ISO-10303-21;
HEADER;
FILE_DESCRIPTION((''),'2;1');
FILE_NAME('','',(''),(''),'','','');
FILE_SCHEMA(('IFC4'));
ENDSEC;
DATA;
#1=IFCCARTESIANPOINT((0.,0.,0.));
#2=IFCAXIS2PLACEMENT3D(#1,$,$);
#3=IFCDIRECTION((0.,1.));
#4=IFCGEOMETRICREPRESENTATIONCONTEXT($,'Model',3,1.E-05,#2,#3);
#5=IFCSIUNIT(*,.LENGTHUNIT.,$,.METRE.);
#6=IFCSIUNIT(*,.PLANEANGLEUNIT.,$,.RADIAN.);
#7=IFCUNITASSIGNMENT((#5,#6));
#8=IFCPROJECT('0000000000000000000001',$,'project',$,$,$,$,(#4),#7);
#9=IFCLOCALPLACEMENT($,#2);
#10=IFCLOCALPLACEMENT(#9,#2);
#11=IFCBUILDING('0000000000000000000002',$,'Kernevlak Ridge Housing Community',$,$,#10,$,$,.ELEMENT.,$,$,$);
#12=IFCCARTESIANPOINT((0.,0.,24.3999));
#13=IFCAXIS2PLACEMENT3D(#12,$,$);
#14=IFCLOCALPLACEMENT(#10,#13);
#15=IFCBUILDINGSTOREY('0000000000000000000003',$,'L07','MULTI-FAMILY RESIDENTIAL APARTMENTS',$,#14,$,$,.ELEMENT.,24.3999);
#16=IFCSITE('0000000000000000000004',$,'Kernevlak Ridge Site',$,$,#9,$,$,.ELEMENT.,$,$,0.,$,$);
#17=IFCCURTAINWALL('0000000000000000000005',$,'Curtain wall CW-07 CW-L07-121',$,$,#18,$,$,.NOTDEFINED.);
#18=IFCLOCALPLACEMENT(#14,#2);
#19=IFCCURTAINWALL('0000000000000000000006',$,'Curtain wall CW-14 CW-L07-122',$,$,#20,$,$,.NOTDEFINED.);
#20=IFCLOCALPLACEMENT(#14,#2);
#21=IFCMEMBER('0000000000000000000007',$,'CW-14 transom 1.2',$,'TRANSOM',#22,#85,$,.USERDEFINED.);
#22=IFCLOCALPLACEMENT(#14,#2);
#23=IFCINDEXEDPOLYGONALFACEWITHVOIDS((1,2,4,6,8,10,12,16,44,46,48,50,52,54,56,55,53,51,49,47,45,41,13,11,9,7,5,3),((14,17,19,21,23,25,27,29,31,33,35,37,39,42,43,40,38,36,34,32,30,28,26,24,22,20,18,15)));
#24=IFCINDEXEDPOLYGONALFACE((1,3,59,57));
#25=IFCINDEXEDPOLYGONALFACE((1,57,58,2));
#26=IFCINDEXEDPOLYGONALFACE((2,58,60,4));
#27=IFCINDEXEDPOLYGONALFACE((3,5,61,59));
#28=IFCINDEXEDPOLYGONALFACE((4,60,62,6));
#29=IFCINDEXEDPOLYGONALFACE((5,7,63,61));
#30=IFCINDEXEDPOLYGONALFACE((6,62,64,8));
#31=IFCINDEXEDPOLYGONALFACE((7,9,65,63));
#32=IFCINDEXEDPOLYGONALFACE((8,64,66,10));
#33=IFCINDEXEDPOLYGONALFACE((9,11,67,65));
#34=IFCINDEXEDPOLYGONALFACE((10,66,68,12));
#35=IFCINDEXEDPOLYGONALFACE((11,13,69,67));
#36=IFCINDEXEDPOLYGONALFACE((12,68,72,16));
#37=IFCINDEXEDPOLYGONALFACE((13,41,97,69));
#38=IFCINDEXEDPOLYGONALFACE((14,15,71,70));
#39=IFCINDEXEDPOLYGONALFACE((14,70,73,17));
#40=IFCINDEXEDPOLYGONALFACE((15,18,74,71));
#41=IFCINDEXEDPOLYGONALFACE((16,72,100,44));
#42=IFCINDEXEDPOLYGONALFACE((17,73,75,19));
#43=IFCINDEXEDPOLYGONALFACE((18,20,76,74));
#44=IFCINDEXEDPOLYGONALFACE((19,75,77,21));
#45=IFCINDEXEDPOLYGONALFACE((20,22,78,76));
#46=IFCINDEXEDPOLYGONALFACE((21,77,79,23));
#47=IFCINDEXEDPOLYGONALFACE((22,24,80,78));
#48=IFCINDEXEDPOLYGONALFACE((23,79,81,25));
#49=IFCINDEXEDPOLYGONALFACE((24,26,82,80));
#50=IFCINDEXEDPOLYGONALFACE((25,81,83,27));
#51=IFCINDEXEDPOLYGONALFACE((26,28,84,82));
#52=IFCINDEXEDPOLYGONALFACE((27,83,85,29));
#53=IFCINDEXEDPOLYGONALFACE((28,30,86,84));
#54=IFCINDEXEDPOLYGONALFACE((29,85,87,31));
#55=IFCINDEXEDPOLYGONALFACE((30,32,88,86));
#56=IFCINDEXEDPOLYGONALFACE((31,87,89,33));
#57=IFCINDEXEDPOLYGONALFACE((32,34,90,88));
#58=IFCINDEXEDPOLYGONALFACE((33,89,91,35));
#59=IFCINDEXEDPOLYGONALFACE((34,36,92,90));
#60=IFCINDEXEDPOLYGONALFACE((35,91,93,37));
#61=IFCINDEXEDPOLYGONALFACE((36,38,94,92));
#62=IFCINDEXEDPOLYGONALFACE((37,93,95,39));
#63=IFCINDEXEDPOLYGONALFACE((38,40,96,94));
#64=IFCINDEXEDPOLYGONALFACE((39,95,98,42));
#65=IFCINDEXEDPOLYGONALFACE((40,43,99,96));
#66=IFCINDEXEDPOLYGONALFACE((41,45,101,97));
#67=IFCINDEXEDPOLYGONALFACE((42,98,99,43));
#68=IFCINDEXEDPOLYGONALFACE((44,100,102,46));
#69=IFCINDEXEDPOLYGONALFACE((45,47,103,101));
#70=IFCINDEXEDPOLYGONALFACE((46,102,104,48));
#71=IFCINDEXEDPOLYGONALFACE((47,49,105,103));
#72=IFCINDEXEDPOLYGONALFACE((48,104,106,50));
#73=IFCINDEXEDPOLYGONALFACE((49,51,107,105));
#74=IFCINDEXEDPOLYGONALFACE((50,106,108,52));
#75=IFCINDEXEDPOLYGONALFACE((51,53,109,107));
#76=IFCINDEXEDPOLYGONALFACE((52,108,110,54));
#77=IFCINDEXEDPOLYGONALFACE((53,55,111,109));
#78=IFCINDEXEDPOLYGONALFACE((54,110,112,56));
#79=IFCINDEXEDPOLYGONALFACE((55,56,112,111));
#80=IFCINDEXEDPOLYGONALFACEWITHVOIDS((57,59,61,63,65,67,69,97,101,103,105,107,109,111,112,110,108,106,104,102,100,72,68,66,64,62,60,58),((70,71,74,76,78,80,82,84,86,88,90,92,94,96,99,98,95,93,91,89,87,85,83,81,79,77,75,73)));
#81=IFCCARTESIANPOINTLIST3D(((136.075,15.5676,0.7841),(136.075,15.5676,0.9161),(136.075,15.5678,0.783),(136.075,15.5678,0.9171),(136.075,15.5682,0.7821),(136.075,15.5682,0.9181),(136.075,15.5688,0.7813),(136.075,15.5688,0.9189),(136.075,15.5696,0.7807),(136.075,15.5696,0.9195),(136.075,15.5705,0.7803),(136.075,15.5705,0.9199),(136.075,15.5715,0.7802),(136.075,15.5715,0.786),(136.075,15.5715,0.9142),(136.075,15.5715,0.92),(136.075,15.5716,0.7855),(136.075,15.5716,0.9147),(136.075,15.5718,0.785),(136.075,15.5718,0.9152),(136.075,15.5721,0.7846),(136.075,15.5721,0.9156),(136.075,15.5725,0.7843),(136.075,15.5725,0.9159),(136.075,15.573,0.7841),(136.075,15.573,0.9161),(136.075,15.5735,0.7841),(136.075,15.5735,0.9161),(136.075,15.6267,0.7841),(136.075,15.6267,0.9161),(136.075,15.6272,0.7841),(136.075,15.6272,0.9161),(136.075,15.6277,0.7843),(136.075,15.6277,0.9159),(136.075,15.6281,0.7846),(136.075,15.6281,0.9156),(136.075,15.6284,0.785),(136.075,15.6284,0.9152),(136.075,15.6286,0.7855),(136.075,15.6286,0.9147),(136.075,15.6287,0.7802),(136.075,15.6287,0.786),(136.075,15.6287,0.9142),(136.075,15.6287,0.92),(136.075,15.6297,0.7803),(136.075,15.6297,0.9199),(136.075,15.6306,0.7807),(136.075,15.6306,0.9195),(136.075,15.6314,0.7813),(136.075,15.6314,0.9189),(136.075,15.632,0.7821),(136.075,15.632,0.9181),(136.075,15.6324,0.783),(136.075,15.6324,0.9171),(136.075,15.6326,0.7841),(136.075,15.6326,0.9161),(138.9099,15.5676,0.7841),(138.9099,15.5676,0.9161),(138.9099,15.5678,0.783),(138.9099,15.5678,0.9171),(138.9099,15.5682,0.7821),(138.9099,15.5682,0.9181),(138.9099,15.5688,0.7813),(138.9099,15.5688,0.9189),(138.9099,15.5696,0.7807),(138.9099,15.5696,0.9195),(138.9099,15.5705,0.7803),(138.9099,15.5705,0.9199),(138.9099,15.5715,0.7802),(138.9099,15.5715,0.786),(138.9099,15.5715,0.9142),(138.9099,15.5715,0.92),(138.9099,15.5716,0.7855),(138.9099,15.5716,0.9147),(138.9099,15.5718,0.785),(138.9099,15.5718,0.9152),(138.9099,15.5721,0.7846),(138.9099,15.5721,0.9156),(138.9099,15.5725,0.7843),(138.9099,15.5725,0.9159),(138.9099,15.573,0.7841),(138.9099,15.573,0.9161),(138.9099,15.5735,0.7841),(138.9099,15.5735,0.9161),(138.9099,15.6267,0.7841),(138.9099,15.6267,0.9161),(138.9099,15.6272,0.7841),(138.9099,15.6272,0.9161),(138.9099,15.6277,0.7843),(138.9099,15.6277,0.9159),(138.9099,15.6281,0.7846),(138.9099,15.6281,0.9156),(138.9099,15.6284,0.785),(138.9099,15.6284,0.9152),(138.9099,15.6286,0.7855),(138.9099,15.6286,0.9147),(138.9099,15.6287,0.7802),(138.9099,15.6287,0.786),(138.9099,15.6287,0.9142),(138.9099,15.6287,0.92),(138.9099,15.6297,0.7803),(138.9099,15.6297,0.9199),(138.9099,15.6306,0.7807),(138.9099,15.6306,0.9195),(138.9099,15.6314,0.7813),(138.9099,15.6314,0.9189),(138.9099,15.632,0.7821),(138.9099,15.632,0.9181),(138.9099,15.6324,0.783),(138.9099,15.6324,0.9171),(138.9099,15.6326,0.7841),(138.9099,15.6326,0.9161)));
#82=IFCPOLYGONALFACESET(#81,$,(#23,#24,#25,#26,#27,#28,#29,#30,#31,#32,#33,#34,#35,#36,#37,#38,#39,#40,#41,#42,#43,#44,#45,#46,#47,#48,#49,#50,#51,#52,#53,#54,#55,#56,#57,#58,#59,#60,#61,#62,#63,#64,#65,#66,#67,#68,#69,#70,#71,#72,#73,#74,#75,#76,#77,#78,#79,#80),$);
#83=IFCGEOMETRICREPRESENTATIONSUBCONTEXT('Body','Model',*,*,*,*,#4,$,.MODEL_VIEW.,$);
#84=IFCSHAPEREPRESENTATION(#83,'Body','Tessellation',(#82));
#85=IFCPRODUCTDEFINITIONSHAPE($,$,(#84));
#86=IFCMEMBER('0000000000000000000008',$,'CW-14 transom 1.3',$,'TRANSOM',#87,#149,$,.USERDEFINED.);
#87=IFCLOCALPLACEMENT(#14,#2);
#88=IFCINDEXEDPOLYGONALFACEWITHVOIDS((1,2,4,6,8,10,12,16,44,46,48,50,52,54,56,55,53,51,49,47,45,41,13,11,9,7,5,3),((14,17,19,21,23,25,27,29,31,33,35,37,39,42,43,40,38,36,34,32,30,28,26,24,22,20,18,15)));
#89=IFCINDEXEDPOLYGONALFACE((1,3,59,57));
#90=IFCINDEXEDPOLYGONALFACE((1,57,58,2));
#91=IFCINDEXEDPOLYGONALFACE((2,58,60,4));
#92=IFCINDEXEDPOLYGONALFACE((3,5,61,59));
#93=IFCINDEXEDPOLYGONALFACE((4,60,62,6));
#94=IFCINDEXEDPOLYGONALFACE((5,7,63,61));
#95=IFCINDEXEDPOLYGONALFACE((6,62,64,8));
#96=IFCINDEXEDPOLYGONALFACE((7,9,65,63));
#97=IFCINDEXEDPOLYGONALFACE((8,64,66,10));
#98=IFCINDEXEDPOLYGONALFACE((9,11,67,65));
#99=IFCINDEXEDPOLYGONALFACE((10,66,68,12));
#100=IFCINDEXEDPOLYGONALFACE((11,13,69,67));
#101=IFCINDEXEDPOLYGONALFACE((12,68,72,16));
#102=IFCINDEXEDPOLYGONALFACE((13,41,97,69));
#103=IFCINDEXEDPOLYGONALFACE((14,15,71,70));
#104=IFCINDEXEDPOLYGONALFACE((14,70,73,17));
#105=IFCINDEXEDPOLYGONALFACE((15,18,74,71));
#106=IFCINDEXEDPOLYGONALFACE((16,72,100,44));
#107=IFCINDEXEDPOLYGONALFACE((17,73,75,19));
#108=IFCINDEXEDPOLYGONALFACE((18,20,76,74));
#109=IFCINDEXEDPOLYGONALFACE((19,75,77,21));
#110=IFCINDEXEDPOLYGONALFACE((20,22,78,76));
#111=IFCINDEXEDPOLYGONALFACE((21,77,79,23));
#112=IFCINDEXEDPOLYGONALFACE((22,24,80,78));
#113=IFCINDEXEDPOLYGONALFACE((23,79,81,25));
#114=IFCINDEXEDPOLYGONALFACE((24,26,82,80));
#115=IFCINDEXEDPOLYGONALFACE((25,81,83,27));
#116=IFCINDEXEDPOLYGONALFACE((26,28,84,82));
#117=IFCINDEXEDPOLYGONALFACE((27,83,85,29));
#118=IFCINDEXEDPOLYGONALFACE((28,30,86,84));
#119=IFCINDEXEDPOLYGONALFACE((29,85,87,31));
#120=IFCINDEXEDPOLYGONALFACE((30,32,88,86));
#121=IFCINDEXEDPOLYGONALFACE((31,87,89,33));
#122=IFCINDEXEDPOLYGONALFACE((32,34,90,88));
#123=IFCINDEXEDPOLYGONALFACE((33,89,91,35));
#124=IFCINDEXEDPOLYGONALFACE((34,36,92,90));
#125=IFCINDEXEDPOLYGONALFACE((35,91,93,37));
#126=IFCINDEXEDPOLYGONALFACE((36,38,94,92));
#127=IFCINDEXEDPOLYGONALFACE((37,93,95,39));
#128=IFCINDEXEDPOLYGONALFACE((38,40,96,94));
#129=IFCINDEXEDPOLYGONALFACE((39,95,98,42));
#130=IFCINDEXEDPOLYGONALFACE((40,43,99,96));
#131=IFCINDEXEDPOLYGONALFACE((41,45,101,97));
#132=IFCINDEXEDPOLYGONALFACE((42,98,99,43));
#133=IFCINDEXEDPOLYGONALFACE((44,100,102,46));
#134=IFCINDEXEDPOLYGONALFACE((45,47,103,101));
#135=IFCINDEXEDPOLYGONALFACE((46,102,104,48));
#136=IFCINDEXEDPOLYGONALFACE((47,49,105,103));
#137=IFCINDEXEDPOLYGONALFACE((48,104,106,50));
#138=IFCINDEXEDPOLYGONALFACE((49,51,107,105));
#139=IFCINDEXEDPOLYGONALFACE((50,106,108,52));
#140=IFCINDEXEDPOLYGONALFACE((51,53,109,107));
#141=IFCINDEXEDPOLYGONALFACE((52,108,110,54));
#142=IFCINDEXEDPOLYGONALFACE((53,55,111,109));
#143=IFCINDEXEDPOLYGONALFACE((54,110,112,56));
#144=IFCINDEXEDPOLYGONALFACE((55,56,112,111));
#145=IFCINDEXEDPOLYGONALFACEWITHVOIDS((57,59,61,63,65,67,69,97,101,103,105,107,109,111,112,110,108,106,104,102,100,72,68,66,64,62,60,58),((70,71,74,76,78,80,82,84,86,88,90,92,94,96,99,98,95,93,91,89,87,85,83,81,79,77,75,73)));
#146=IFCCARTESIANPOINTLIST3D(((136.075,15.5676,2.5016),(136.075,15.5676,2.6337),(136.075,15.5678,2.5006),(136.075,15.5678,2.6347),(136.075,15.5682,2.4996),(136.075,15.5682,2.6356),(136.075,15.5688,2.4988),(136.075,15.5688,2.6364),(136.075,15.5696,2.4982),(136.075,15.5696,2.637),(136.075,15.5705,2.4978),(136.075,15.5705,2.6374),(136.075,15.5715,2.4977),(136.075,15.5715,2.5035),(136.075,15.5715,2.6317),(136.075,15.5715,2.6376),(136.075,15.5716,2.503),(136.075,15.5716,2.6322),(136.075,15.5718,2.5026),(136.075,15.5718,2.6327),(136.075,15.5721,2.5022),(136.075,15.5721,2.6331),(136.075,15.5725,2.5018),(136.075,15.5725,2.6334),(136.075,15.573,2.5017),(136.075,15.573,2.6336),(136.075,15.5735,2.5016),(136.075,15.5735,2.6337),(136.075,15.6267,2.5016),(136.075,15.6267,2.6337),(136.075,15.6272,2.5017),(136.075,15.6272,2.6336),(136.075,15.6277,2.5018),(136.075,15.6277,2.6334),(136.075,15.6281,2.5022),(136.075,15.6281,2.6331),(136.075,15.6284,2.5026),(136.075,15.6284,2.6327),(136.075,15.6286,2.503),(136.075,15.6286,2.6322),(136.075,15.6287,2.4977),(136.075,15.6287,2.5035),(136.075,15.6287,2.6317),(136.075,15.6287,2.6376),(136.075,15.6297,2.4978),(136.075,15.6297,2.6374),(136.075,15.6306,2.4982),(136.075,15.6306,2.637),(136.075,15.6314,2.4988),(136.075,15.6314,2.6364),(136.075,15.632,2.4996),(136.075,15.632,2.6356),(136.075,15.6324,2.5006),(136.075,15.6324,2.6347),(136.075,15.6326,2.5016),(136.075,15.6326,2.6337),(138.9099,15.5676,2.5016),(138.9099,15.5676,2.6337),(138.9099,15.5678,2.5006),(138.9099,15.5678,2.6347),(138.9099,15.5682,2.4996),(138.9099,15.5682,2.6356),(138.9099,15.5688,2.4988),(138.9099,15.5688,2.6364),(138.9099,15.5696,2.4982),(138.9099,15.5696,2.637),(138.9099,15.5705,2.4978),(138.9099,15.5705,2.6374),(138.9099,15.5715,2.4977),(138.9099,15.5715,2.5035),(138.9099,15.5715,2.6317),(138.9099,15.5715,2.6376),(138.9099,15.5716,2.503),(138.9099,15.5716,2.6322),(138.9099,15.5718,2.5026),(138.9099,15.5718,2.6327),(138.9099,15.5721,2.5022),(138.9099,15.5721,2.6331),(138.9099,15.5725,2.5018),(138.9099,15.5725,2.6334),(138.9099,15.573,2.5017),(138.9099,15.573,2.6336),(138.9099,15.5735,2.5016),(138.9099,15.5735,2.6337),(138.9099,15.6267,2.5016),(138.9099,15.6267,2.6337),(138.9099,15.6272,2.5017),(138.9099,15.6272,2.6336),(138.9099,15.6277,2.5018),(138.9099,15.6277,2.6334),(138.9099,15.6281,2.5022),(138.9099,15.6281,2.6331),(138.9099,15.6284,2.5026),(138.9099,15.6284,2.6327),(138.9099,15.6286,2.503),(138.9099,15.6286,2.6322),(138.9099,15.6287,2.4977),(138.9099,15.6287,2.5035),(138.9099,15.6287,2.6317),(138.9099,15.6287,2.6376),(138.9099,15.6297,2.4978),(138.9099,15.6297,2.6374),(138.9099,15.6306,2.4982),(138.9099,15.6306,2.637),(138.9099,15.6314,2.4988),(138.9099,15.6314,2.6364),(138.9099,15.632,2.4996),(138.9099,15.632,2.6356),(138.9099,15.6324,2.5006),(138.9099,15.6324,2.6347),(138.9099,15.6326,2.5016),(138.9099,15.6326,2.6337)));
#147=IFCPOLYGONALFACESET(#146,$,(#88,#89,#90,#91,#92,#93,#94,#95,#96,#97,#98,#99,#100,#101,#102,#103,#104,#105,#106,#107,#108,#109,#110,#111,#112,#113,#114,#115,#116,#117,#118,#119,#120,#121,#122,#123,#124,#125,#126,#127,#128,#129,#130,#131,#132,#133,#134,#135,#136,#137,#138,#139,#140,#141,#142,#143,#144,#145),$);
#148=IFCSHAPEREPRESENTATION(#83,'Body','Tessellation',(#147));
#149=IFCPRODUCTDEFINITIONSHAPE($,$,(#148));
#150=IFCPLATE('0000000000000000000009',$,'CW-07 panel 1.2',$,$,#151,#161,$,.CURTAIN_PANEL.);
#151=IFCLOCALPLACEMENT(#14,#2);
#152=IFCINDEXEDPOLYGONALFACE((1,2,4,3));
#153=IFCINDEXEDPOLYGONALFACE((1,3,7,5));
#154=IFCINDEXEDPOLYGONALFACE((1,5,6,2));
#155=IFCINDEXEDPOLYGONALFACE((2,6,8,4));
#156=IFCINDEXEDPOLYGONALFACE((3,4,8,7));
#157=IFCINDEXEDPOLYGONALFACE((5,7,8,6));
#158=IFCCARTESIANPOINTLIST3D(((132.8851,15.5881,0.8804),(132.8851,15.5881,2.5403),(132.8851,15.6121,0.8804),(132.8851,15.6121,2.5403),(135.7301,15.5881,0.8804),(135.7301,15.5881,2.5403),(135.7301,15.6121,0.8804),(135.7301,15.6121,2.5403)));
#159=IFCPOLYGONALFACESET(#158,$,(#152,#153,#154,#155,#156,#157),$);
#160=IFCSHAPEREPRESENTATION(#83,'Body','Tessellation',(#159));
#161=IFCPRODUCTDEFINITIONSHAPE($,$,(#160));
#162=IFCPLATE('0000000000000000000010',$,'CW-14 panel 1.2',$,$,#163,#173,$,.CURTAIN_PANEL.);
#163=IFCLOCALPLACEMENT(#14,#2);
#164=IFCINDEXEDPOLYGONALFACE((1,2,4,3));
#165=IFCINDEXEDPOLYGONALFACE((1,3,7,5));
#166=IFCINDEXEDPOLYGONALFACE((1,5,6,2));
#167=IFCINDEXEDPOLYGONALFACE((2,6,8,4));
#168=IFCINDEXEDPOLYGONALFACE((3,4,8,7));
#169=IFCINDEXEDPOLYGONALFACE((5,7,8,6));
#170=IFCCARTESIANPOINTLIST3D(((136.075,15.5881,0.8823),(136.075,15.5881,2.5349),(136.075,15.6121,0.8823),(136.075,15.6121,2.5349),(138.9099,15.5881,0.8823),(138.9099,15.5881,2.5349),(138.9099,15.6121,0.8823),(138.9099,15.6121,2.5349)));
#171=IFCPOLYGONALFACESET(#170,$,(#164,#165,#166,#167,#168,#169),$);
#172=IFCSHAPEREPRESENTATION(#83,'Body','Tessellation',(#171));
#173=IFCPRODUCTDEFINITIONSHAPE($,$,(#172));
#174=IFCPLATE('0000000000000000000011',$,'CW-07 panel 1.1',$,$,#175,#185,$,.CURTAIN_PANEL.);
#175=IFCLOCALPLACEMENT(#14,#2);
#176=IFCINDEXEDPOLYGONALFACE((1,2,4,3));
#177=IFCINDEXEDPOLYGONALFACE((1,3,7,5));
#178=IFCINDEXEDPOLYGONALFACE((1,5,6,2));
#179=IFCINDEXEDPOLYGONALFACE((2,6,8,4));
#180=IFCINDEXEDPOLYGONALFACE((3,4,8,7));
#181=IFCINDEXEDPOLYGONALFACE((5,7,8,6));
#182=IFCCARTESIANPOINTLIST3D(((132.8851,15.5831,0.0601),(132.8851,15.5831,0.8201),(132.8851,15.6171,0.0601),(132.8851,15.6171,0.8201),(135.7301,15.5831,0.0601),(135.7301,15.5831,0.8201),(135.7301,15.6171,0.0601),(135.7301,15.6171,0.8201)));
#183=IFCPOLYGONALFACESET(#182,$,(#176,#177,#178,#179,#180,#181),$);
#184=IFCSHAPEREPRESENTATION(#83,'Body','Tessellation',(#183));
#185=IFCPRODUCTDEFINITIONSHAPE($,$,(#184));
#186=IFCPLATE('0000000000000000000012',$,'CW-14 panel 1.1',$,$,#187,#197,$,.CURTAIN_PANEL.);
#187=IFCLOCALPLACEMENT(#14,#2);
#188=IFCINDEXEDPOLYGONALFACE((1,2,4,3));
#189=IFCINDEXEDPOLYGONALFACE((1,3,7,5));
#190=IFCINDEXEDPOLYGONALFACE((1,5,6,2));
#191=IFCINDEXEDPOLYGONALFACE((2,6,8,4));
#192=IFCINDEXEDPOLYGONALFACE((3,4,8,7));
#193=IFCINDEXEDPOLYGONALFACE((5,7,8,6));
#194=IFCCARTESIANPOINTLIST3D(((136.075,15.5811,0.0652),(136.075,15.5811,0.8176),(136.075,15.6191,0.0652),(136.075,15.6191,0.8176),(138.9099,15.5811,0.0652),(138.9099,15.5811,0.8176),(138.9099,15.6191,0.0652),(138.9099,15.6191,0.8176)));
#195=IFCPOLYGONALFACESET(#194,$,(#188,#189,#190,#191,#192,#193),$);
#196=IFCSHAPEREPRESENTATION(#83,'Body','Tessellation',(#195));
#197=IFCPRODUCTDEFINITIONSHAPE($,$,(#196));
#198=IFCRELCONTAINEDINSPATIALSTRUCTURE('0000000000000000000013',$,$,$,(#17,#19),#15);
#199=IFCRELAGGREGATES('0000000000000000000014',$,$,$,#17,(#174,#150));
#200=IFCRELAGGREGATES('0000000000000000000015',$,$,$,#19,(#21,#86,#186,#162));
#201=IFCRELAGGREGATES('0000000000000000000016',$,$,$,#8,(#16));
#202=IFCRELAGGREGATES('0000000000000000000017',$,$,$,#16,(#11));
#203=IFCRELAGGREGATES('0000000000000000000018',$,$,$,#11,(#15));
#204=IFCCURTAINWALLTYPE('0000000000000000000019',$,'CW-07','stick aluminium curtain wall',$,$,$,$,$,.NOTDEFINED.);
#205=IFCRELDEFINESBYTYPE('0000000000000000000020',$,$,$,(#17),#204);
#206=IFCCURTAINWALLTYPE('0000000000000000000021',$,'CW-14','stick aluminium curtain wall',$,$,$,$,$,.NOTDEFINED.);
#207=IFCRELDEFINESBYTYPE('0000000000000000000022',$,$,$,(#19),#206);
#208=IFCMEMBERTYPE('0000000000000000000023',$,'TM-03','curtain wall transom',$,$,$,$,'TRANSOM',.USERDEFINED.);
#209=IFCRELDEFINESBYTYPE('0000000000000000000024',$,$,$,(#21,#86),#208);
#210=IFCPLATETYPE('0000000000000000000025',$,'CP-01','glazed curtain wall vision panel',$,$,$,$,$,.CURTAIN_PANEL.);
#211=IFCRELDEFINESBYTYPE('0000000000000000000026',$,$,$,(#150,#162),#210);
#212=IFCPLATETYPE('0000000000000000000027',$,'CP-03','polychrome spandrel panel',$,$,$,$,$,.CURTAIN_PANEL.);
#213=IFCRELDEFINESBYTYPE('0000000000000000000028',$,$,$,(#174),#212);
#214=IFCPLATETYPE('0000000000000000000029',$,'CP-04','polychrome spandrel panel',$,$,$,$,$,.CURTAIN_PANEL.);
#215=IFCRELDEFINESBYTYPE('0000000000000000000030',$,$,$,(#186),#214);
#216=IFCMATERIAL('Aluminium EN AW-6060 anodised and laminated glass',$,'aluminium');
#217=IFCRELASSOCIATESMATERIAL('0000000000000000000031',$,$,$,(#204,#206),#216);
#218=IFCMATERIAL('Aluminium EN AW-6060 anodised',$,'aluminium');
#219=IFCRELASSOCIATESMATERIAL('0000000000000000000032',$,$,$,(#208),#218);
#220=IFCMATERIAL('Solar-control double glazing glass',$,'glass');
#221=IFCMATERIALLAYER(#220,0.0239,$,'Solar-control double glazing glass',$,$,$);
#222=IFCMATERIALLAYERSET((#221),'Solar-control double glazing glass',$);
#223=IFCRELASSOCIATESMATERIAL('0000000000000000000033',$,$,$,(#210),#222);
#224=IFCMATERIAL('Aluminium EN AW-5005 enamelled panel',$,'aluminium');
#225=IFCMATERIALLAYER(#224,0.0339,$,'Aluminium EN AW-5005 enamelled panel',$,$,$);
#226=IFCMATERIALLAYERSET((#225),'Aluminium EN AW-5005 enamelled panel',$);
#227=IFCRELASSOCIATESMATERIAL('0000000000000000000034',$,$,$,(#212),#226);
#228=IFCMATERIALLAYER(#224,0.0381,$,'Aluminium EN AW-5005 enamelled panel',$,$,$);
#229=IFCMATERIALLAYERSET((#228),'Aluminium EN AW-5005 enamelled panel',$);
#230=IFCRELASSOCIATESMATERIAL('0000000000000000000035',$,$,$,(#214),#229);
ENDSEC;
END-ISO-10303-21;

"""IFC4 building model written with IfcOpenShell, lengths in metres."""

from ifc_helpers import new_model, si_unit, direction, frame, origin, origin_2d, place, context, subcontext, project, spatial, rectangle, hollow_rectangle, extrude, material, layer, layer_set, material_profile, profile_set, type_object, element, aggregate, save


model = new_model("IFC4")

# Units and contexts
model_context = context("Model", 3, precision=1e-05, world=origin(), true_north=direction((0.0, 1.0)))
body_context = subcontext(model_context, "Body", "Model", "MODEL_VIEW")
ifc_project = project(units=[si_unit("LENGTHUNIT", "METRE"), si_unit("PLANEANGLEUNIT", "RADIAN")], contexts=[model_context])

# Site, building, storey
site_placement = place(None, origin())
site = spatial("IfcSite", under=ifc_project, at=site_placement, Name="Kernevlak Ridge Site", CompositionType="ELEMENT", RefElevation=0.0)
building_placement = place(site_placement, origin())
building = spatial("IfcBuilding", under=site, at=building_placement, Name="Kernevlak Ridge Housing Community", CompositionType="ELEMENT")
storey_placement = place(building_placement, frame((0.0, 0.0, 24.3999)))
storey = spatial("IfcBuildingStorey", under=building, at=storey_placement, Name="L07", Description="MULTI-FAMILY RESIDENTIAL APARTMENTS", CompositionType="ELEMENT", Elevation=24.3999)

# Curtain wall
ifc_material_1 = material(Name="Aluminium EN AW-6060 anodised and laminated glass", Category="aluminium")
curtain_wall_type_1 = type_object("IfcCurtainWallType", Name="CW-07", Description="stick aluminium curtain wall", PredefinedType="NOTDEFINED", material=ifc_material_1)
curtain_wall_1_placement = place(storey_placement, origin())
curtain_wall_1 = element("IfcCurtainWall", 1, at=curtain_wall_1_placement, inside=storey, type_object=curtain_wall_type_1, Name="Curtain wall CW-07 CW-L07-121", PredefinedType="NOTDEFINED")
ifc_material_2 = material(Name="Aluminium EN AW-6060 anodised", Category="aluminium")

# Curtain wall, members
curtain_wall_type_2 = type_object("IfcCurtainWallType", Name="CW-14", Description="stick aluminium curtain wall", PredefinedType="NOTDEFINED", material=ifc_material_1)
curtain_wall_2_placement = place(storey_placement, origin())
curtain_wall_2 = element("IfcCurtainWall", 2, at=curtain_wall_2_placement, inside=storey, type_object=curtain_wall_type_2, Name="Curtain wall CW-14 CW-L07-122", PredefinedType="NOTDEFINED")
ifc_material_profile_1 = material_profile(ifc_material_2, hollow_rectangle(XDim=0.0649, YDim=0.1399, WallThickness=0.0039, InnerFilletRadius=0.002, OuterFilletRadius=0.0039, at=origin_2d()), Name="ALU 65x140x4")
ifc_profile_set_1 = profile_set([ifc_material_profile_1], Name="Aluminium EN AW-6060 anodised")
member_type_1 = type_object("IfcMemberType", Name="TM-03", Description="curtain wall transom", ElementType="TRANSOM", PredefinedType="USERDEFINED", material=ifc_profile_set_1)
member_1_placement = place(storey_placement, frame((136.075, 15.6001, 0.8501), z_axis=(1.0, 0.0, 0.0), x_axis=(0.0, 1.0, 0.0)))
member_1 = element("IfcMember", 3, at=member_1_placement, type_object=member_type_1, Name="CW-14 transom 1.2", ObjectType="TRANSOM", PredefinedType="USERDEFINED", context=body_context, shape_type="SweptSolid", body=[
    extrude(hollow_rectangle(XDim=0.0649, YDim=0.1399, WallThickness=0.0039, InnerFilletRadius=0.002, OuterFilletRadius=0.0039, at=origin_2d()), origin(), (0.0, 0.0, 1.0), 2.835),
])
member_2_placement = place(storey_placement, frame((136.075, 15.6001, 2.5676), z_axis=(1.0, 0.0, 0.0), x_axis=(0.0, 1.0, 0.0)))
member_2 = element("IfcMember", 4, at=member_2_placement, type_object=member_type_1, Name="CW-14 transom 1.3", ObjectType="TRANSOM", PredefinedType="USERDEFINED", context=body_context, shape_type="SweptSolid", body=[
    extrude(hollow_rectangle(XDim=0.0649, YDim=0.1399, WallThickness=0.0039, InnerFilletRadius=0.002, OuterFilletRadius=0.0039, at=origin_2d()), origin(), (0.0, 0.0, 1.0), 2.835),
])

# Plates
ifc_material_3 = material(Name="Solar-control double glazing glass", Category="glass")
ifc_layer_1 = layer(ifc_material_3, 0.0239, Name="Solar-control double glazing glass")
ifc_layer_set_1 = layer_set([ifc_layer_1], Name="Solar-control double glazing glass")
plate_type_1 = type_object("IfcPlateType", Name="CP-01", Description="glazed curtain wall vision panel", PredefinedType="CURTAIN_PANEL", material=ifc_layer_set_1)
plate_1_placement = place(storey_placement, frame((134.3076, 15.6001, 0.8804), z_axis=(0.0, 0.0, 1.0), x_axis=(1.0, 0.0, 0.0)))
plate_1 = element("IfcPlate", 5, at=plate_1_placement, type_object=plate_type_1, Name="CW-07 panel 1.2", PredefinedType="CURTAIN_PANEL", context=body_context, shape_type="SweptSolid", body=[
    extrude(rectangle(XDim=2.845, YDim=0.0239, at=origin_2d()), origin(), (0.0, 0.0, 1.0), 1.6599),
])
plate_2_placement = place(storey_placement, frame((137.4924, 15.6001, 0.8823), z_axis=(0.0, 0.0, 1.0), x_axis=(1.0, 0.0, 0.0)))
plate_2 = element("IfcPlate", 6, at=plate_2_placement, type_object=plate_type_1, Name="CW-14 panel 1.2", PredefinedType="CURTAIN_PANEL", context=body_context, shape_type="SweptSolid", body=[
    extrude(rectangle(XDim=2.835, YDim=0.0239, at=origin_2d()), origin(), (0.0, 0.0, 1.0), 1.6526),
])
ifc_material_4 = material(Name="Aluminium EN AW-5005 enamelled panel", Category="aluminium")
ifc_layer_2 = layer(ifc_material_4, 0.0339, Name="Aluminium EN AW-5005 enamelled panel")
ifc_layer_set_2 = layer_set([ifc_layer_2], Name="Aluminium EN AW-5005 enamelled panel")
plate_type_2 = type_object("IfcPlateType", Name="CP-03", Description="polychrome spandrel panel", PredefinedType="CURTAIN_PANEL", material=ifc_layer_set_2)
plate_3_placement = place(storey_placement, frame((134.3076, 15.6001, 0.0601), z_axis=(0.0, 0.0, 1.0), x_axis=(1.0, 0.0, 0.0)))
plate_3 = element("IfcPlate", 7, at=plate_3_placement, type_object=plate_type_2, Name="CW-07 panel 1.1", PredefinedType="CURTAIN_PANEL", context=body_context, shape_type="SweptSolid", body=[
    extrude(rectangle(XDim=2.845, YDim=0.0339, at=origin_2d()), origin(), (0.0, 0.0, 1.0), 0.76),
])
aggregate(curtain_wall_1, [plate_3, plate_1])
ifc_layer_3 = layer(ifc_material_4, 0.0381, Name="Aluminium EN AW-5005 enamelled panel")
ifc_layer_set_3 = layer_set([ifc_layer_3], Name="Aluminium EN AW-5005 enamelled panel")
plate_type_3 = type_object("IfcPlateType", Name="CP-04", Description="polychrome spandrel panel", PredefinedType="CURTAIN_PANEL", material=ifc_layer_set_3)
plate_4_placement = place(storey_placement, frame((137.4924, 15.6001, 0.0652), z_axis=(0.0, 0.0, 1.0), x_axis=(1.0, 0.0, 0.0)))
plate_4 = element("IfcPlate", 8, at=plate_4_placement, type_object=plate_type_3, Name="CW-14 panel 1.1", PredefinedType="CURTAIN_PANEL", context=body_context, shape_type="SweptSolid", body=[
    extrude(rectangle(XDim=2.835, YDim=0.0381, at=origin_2d()), origin(), (0.0, 0.0, 1.0), 0.7524),
])
aggregate(curtain_wall_2, [member_1, member_2, plate_4, plate_2])

save(model, "model.ifc")
